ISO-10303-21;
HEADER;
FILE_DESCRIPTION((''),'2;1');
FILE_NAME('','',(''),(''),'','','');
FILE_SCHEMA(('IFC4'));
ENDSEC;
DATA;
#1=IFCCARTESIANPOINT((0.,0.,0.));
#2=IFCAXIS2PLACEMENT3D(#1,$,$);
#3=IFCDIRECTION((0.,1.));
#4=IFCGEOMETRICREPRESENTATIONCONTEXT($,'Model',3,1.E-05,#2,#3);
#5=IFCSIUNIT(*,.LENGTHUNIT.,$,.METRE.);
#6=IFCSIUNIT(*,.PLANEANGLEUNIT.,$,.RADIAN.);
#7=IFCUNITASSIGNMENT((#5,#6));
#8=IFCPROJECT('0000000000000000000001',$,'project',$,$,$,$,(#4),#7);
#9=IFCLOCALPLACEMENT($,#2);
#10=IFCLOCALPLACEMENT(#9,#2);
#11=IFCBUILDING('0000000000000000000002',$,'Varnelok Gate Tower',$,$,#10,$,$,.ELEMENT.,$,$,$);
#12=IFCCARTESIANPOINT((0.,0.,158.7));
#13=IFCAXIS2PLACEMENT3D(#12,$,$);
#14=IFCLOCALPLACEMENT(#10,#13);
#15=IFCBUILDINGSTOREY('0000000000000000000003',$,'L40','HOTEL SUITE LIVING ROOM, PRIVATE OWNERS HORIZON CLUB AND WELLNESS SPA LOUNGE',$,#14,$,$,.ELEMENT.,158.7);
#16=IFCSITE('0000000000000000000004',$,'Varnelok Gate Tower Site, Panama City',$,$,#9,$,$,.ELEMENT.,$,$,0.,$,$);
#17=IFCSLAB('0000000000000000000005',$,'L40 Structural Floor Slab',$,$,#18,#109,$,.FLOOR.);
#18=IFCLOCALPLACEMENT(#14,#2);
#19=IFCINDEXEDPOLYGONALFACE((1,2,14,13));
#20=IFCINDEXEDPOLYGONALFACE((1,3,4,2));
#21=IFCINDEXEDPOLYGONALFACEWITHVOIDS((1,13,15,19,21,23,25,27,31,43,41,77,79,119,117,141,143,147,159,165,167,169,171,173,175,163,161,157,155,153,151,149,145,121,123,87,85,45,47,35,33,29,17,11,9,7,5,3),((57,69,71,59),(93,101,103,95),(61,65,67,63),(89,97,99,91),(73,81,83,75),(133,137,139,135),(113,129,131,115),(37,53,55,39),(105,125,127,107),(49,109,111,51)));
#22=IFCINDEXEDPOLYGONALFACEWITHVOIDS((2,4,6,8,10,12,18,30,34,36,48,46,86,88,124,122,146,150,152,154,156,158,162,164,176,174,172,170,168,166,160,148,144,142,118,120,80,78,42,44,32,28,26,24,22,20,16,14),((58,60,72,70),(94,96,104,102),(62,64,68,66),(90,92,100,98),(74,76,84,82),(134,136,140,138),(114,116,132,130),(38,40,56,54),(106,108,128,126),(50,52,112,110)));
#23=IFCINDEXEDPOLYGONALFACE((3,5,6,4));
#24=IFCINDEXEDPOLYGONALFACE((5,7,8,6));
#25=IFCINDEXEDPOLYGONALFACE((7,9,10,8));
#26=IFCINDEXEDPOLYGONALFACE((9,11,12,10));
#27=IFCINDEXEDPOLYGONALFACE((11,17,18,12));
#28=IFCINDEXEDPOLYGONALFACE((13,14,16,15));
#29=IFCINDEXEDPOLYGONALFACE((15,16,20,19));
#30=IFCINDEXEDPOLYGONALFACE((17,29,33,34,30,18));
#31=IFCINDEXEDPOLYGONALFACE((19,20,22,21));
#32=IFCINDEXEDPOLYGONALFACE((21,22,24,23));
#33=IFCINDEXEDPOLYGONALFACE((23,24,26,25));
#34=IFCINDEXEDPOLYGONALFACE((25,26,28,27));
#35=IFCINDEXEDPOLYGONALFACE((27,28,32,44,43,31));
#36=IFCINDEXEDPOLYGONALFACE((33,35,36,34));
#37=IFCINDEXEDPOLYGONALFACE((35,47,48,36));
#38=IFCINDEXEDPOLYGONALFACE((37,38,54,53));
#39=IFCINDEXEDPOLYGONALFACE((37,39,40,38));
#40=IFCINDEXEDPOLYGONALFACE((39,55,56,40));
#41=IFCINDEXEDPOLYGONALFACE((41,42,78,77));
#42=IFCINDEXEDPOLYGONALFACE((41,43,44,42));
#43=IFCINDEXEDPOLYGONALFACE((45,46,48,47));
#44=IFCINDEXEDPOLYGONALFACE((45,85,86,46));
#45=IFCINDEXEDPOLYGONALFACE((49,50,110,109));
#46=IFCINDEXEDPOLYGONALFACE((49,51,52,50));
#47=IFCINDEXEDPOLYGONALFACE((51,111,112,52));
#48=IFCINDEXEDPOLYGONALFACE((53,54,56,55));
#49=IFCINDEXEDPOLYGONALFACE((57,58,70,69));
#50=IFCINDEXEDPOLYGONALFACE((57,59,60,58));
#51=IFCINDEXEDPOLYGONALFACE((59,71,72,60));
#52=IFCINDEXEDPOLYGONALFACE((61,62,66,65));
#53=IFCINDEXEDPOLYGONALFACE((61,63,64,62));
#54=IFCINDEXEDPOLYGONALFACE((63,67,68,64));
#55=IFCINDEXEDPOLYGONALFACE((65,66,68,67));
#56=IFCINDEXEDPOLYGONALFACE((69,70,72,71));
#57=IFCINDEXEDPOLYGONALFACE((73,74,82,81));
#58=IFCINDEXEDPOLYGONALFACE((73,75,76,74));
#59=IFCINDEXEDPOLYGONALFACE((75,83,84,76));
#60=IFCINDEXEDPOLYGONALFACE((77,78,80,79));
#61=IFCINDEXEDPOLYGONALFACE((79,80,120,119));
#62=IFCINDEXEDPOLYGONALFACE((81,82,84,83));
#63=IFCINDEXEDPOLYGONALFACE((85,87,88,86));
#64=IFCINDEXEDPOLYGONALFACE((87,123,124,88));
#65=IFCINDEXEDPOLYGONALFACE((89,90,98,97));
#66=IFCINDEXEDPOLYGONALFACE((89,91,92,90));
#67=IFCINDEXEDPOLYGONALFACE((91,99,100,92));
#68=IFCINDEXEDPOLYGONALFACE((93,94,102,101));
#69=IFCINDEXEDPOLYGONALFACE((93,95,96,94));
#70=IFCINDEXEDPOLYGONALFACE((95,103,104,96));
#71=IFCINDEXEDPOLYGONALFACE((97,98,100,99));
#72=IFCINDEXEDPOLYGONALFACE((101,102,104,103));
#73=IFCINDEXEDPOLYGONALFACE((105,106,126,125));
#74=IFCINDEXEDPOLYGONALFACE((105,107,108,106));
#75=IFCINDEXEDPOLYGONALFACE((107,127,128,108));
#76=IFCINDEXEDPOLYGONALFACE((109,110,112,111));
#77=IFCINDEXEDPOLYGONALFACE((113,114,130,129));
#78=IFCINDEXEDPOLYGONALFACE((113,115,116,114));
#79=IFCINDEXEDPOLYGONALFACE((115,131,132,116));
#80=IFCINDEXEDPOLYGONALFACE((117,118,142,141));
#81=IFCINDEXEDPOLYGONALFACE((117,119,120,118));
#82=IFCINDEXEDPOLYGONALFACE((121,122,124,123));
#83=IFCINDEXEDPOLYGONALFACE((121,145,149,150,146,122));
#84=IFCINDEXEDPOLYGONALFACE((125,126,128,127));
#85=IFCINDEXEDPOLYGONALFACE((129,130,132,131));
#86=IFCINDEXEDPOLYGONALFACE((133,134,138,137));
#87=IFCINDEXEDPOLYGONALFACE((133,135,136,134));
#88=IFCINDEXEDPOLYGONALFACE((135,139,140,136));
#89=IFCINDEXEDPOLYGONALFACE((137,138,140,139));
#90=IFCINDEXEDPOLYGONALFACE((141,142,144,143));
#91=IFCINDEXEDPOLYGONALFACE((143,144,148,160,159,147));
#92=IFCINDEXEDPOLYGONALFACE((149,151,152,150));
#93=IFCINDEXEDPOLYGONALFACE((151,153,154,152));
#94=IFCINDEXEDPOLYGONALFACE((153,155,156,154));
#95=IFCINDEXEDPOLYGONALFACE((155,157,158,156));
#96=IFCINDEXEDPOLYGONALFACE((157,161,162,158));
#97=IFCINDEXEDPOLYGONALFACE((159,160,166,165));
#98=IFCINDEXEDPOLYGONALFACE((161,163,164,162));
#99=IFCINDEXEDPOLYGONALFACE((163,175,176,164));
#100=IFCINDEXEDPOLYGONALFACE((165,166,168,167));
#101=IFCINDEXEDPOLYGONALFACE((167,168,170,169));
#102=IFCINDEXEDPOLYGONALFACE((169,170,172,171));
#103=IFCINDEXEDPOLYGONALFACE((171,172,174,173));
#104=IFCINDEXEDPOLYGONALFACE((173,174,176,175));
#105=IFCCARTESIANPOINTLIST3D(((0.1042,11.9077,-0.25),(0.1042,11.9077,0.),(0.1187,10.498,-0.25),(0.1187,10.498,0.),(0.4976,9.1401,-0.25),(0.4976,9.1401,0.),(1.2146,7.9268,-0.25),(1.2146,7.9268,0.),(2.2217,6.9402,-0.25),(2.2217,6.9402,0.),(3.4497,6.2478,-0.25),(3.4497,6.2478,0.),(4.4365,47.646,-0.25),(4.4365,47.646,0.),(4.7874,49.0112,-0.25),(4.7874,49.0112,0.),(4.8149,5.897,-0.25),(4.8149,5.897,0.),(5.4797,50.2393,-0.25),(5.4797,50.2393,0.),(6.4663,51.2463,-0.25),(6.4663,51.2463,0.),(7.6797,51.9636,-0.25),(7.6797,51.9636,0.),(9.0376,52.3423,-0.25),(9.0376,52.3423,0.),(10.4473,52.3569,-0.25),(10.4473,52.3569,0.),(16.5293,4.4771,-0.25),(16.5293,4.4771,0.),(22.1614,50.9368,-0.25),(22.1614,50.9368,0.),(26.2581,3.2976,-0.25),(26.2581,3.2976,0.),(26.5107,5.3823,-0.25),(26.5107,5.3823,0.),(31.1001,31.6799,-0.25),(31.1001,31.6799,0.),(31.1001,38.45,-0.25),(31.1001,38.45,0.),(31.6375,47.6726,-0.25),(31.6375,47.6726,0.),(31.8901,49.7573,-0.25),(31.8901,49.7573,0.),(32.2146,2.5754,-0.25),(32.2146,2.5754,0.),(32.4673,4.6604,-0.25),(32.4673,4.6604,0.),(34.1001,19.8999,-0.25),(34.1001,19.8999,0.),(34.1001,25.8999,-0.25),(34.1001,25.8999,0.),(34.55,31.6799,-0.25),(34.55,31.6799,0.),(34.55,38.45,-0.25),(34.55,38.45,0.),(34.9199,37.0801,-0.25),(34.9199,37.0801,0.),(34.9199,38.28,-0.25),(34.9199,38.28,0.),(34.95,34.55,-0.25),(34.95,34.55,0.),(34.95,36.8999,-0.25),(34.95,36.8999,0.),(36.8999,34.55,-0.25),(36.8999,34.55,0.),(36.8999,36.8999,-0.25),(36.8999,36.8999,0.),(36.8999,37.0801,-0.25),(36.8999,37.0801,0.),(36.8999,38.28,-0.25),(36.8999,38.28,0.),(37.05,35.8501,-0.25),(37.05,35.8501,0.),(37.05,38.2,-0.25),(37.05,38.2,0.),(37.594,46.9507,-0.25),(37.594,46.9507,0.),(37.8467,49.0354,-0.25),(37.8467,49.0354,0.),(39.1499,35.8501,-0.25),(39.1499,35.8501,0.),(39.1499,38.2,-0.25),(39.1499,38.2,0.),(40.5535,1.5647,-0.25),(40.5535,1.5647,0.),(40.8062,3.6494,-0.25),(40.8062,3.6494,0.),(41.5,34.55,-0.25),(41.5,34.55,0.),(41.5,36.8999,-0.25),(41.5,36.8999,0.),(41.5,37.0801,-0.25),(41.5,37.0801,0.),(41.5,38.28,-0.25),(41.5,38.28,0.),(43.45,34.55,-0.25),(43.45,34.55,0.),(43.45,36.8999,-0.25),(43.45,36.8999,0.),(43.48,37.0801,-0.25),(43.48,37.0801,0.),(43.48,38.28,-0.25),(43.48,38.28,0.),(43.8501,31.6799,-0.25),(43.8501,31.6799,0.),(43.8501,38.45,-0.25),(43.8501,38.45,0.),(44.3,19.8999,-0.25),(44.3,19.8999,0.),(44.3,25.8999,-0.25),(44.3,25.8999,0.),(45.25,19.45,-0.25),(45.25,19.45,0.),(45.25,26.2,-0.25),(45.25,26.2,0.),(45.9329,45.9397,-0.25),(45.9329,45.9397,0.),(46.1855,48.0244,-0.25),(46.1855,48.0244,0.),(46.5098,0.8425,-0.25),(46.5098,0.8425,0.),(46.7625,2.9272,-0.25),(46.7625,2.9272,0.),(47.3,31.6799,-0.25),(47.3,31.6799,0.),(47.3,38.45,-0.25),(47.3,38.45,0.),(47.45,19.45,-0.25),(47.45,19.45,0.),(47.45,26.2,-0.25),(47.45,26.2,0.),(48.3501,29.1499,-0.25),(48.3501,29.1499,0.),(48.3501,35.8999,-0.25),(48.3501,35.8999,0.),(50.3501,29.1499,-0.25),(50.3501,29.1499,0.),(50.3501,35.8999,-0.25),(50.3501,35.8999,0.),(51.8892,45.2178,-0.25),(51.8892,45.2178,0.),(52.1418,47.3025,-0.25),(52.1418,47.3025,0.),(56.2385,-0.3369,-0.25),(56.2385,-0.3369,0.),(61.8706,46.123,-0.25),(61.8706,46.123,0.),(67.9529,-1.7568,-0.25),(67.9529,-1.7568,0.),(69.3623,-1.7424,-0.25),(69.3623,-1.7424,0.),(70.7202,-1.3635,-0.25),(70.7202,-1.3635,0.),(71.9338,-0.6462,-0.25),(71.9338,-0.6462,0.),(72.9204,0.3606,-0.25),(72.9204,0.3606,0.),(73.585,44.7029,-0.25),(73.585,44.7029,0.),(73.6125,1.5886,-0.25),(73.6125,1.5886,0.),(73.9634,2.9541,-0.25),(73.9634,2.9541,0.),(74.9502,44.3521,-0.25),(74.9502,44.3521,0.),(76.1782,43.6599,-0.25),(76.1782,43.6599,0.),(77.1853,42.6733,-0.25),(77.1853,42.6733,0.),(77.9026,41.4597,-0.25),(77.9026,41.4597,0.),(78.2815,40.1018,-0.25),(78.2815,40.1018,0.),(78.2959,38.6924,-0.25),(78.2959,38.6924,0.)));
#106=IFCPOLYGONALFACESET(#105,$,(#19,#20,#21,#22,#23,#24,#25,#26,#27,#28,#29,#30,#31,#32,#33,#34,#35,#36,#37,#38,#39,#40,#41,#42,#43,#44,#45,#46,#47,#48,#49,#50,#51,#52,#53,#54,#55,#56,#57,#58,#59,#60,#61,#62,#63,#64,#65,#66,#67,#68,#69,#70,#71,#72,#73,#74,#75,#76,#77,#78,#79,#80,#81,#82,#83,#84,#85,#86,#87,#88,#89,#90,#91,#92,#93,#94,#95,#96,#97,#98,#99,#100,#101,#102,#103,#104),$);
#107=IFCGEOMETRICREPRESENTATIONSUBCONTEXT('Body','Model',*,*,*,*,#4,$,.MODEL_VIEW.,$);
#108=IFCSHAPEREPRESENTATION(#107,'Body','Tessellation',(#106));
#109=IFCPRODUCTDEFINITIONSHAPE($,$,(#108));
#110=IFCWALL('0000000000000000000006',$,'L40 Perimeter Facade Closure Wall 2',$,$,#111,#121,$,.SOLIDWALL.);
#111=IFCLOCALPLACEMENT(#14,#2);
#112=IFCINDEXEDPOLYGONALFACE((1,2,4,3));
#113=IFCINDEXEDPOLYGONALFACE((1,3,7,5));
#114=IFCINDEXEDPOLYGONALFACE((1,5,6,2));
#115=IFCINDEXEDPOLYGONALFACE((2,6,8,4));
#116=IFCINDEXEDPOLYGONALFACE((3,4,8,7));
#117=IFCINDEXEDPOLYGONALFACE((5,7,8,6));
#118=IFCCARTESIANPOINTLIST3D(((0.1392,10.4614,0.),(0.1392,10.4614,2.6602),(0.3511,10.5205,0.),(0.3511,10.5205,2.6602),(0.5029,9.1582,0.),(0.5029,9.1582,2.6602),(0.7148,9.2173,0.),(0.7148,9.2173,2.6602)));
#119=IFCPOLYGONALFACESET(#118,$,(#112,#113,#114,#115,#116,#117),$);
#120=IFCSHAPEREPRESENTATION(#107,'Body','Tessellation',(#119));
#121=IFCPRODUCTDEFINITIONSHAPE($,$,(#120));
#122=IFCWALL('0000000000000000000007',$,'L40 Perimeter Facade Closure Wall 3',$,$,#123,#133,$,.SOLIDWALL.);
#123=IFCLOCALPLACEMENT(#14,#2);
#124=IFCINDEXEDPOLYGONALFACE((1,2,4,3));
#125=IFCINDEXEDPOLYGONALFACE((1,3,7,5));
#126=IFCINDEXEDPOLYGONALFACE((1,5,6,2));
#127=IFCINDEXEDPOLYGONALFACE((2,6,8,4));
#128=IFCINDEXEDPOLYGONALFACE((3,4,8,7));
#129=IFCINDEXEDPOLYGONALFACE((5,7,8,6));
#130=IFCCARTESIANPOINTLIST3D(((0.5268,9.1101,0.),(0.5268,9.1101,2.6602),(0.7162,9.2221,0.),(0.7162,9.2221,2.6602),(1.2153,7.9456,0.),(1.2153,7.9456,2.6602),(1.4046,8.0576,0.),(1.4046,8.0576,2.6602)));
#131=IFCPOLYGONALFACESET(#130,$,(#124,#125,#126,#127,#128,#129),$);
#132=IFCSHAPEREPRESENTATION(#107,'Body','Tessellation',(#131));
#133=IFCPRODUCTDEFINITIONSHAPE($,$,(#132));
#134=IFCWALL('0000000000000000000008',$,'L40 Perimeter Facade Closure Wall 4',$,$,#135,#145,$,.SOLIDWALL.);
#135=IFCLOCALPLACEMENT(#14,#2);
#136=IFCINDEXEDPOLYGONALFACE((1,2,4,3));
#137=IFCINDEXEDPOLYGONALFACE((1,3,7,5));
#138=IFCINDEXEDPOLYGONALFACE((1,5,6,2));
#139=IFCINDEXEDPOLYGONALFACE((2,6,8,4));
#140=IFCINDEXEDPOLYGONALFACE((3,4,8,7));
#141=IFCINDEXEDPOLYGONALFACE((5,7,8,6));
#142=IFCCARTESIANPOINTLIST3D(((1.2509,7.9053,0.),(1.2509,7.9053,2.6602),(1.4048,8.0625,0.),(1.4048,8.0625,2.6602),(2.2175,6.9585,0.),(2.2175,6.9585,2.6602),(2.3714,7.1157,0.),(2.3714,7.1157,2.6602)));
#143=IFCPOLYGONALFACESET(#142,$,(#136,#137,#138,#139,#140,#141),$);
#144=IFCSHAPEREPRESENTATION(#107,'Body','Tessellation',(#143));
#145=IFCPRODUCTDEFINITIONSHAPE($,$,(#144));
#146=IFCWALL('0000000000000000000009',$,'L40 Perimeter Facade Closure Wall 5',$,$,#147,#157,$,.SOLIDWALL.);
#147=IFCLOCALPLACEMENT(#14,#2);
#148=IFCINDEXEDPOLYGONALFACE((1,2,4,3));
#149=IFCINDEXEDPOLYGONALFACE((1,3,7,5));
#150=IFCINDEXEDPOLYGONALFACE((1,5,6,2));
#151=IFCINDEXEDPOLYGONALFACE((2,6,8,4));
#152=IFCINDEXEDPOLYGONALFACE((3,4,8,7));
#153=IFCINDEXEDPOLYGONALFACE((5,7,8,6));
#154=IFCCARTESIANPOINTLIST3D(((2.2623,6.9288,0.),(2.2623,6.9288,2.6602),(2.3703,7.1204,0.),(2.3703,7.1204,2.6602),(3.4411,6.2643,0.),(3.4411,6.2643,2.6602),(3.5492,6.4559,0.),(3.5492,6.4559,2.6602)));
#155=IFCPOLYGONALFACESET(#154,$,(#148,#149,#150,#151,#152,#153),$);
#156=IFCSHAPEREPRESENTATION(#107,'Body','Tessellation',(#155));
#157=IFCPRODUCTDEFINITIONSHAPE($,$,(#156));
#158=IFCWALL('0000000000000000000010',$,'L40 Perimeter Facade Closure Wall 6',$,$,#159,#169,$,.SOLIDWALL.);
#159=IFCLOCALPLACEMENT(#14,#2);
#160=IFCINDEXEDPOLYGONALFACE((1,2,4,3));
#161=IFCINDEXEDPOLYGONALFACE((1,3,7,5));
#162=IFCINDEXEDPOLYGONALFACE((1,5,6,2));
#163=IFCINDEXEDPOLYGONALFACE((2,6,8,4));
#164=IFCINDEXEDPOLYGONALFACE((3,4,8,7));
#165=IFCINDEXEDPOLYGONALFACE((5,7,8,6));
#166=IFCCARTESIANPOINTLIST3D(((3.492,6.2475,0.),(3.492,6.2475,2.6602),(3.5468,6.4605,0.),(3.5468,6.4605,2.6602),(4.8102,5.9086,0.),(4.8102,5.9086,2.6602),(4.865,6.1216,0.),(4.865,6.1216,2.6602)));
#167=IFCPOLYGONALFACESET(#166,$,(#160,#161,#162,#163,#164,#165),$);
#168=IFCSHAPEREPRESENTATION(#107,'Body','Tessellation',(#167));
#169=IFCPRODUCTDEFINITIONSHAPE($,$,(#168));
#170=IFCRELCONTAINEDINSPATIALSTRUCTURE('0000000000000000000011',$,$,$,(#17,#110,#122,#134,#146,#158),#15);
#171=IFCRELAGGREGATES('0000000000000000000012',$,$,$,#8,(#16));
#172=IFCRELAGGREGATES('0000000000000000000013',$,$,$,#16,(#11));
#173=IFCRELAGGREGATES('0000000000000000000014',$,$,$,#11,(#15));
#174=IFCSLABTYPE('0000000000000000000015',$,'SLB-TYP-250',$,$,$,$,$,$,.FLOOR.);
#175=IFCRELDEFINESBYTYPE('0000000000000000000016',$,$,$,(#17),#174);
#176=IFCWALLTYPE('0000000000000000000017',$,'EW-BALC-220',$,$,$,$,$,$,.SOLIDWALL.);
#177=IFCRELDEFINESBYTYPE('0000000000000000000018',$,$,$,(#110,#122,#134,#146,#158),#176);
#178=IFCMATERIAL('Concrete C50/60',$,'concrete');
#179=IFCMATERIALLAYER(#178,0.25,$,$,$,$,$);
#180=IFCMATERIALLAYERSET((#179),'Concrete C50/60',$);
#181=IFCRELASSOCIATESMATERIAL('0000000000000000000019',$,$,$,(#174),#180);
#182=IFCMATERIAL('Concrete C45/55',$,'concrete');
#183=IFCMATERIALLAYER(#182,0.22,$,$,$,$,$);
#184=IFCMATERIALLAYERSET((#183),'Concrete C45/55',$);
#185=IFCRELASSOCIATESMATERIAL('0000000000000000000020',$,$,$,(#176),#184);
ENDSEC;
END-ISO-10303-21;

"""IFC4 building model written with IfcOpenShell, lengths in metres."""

from ifc_helpers import new_model, si_unit, direction, frame, frame_2d, origin, place, context, subcontext, project, spatial, polyline, rectangle, outline, extrude, material, layer, layer_set, type_object, element, save


model = new_model("IFC4")

# Units and contexts
model_context = context("Model", 3, precision=1e-05, world=origin(), true_north=direction((0.0, 1.0)))
body_context = subcontext(model_context, "Body", "Model", "MODEL_VIEW")
ifc_project = project(units=[si_unit("LENGTHUNIT", "METRE"), si_unit("PLANEANGLEUNIT", "RADIAN")], contexts=[model_context])

# Site, building, storey
site_placement = place(None, origin())
site = spatial("IfcSite", under=ifc_project, at=site_placement, Name="Varnelok Gate Tower Site, Panama City", CompositionType="ELEMENT", RefElevation=0.0)
building_placement = place(site_placement, origin())
building = spatial("IfcBuilding", under=site, at=building_placement, Name="Varnelok Gate Tower", CompositionType="ELEMENT")
storey_placement = place(building_placement, frame((0.0, 0.0, 158.7)))
storey = spatial("IfcBuildingStorey", under=building, at=storey_placement, Name="L40", Description="HOTEL SUITE LIVING ROOM, PRIVATE OWNERS HORIZON CLUB AND WELLNESS SPA LOUNGE", CompositionType="ELEMENT", Elevation=158.7)

# Shared definitions
ifc_material_1 = material(Name="Concrete C45/55", Category="concrete")

# Shared definitions
ifc_material_2 = material(Name="Concrete C50/60", Category="concrete")

# Slab
ifc_layer_1 = layer(ifc_material_2, 0.25)
ifc_layer_set_1 = layer_set([ifc_layer_1], Name="Concrete C50/60")
slab_type_1 = type_object("IfcSlabType", Name="SLB-TYP-250", PredefinedType="FLOOR", material=ifc_layer_set_1)
slab_1_placement = place(storey_placement, frame((0.0, 0.0, -0.25)))
element("IfcSlab", 1, at=slab_1_placement, inside=storey, type_object=slab_type_1, Name="L40 Structural Floor Slab", PredefinedType="FLOOR", context=body_context, shape_type="SweptSolid", body=[
    extrude(outline(polyline([(0.1042, 11.9077), (0.1187, 10.498), (0.4976, 9.1401), (1.2146, 7.9268), (2.2217, 6.9402), (3.4497, 6.2478), (4.8149, 5.897), (16.5293, 4.4771), (26.2581, 3.2976), (26.5107, 5.3823), (32.4673, 4.6604), (32.2146, 2.5754), (40.5535, 1.5647), (40.8062, 3.6494), (46.7625, 2.9272), (46.5098, 0.8425), (56.2385, -0.3369), (67.9529, -1.7568), (69.3623, -1.7424), (70.7202, -1.3635), (71.9338, -0.6462), (72.9204, 0.3606), (73.6125, 1.5886), (73.9634, 2.9541), (78.2959, 38.6924), (78.2815, 40.1018), (77.9026, 41.4597), (77.1853, 42.6733), (76.1782, 43.6599), (74.9502, 44.3521), (73.585, 44.7029), (61.8706, 46.123), (52.1418, 47.3025), (51.8892, 45.2178), (45.9329, 45.9397), (46.1855, 48.0244), (37.8467, 49.0354), (37.594, 46.9507), (31.6375, 47.6726), (31.8901, 49.7573), (22.1614, 50.9368), (10.4473, 52.3569), (9.0376, 52.3423), (7.6797, 51.9636), (6.4663, 51.2463), (5.4797, 50.2393), (4.7874, 49.0112), (4.4365, 47.646), (0.1042, 11.9077)]), holes=[polyline([(34.55, 31.6799), (34.55, 38.45), (31.1001, 38.45), (31.1001, 31.6799), (34.55, 31.6799)]), polyline([(47.3, 31.6799), (47.3, 38.45), (43.8501, 38.45), (43.8501, 31.6799), (47.3, 31.6799)]), polyline([(34.95, 34.55), (36.8999, 34.55), (36.8999, 36.8999), (34.95, 36.8999), (34.95, 34.55)]), polyline([(41.5, 34.55), (43.45, 34.55), (43.45, 36.8999), (41.5, 36.8999), (41.5, 34.55)]), polyline([(37.05, 35.8501), (39.1499, 35.8501), (39.1499, 38.2), (37.05, 38.2), (37.05, 35.8501)]), polyline([(48.3501, 29.1499), (50.3501, 29.1499), (50.3501, 35.8999), (48.3501, 35.8999), (48.3501, 29.1499)]), polyline([(45.25, 19.45), (47.45, 19.45), (47.45, 26.2), (45.25, 26.2), (45.25, 19.45)]), polyline([(34.9199, 37.0801), (36.8999, 37.0801), (36.8999, 38.28), (34.9199, 38.28), (34.9199, 37.0801)]), polyline([(41.5, 37.0801), (43.48, 37.0801), (43.48, 38.28), (41.5, 38.28), (41.5, 37.0801)]), polyline([(34.1001, 19.8999), (44.3, 19.8999), (44.3, 25.8999), (34.1001, 25.8999), (34.1001, 19.8999)])]), origin(), (0.0, 0.0, 1.0), 0.25),
])

# Walls
ifc_layer_2 = layer(ifc_material_1, 0.22)
ifc_layer_set_2 = layer_set([ifc_layer_2], Name="Concrete C45/55")
wall_type_1 = type_object("IfcWallType", Name="EW-BALC-220", PredefinedType="SOLIDWALL", material=ifc_layer_set_2)
wall_1_placement = place(storey_placement, frame((0.2451, 10.491, 0.0), z_axis=(0.0, 0.0, 1.0), x_axis=(0.268853, -0.963181, 0.0)))
element("IfcWall", 2, at=wall_1_placement, inside=storey, type_object=wall_type_1, Name="L40 Perimeter Facade Closure Wall 2", PredefinedType="SOLIDWALL", context=body_context, shape_type="SweptSolid", body=[
    extrude(rectangle(XDim=1.353, YDim=0.22, at=frame_2d((0.6765, 0.0))), origin(), (0.0, 0.0, 1.0), 2.6602),
])
wall_2_placement = place(storey_placement, frame((0.6216, 9.166, 0.0), z_axis=(0.0, 0.0, 1.0), x_axis=(0.508912, -0.860819, 0.0)))
element("IfcWall", 3, at=wall_2_placement, inside=storey, type_object=wall_type_1, Name="L40 Perimeter Facade Closure Wall 3", PredefinedType="SOLIDWALL", context=body_context, shape_type="SweptSolid", body=[
    extrude(rectangle(XDim=1.3528, YDim=0.22, at=frame_2d((0.6763, 0.0))), origin(), (0.0, 0.0, 1.0), 2.6602),
])
wall_3_placement = place(storey_placement, frame((1.3279, 7.9839, 0.0), z_axis=(0.0, 0.0, 1.0), x_axis=(0.714377, -0.699761, 0.0)))
element("IfcWall", 4, at=wall_3_placement, inside=storey, type_object=wall_type_1, Name="L40 Perimeter Facade Closure Wall 4", PredefinedType="SOLIDWALL", context=body_context, shape_type="SweptSolid", body=[
    extrude(rectangle(XDim=1.353, YDim=0.22, at=frame_2d((0.6765, 0.0))), origin(), (0.0, 0.0, 1.0), 2.6602),
])
wall_4_placement = place(storey_placement, frame((2.3162, 7.0247, 0.0), z_axis=(0.0, 0.0, 1.0), x_axis=(0.871137, -0.49104, 0.0)))
element("IfcWall", 5, at=wall_4_placement, inside=storey, type_object=wall_type_1, Name="L40 Perimeter Facade Closure Wall 5", PredefinedType="SOLIDWALL", context=body_context, shape_type="SweptSolid", body=[
    extrude(rectangle(XDim=1.3533, YDim=0.22, at=frame_2d((0.6768, 0.0))), origin(), (0.0, 0.0, 1.0), 2.6602),
])
wall_5_placement = place(storey_placement, frame((3.5193, 6.354, 0.0), z_axis=(0.0, 0.0, 1.0), x_axis=(0.968507, -0.248988, 0.0)))
element("IfcWall", 6, at=wall_5_placement, inside=storey, type_object=wall_type_1, Name="L40 Perimeter Facade Closure Wall 6", PredefinedType="SOLIDWALL", context=body_context, shape_type="SweptSolid", body=[
    extrude(rectangle(XDim=1.3611, YDim=0.22, at=frame_2d((0.6807, 0.0))), origin(), (0.0, 0.0, 1.0), 2.6602),
])

save(model, "model.ifc")
